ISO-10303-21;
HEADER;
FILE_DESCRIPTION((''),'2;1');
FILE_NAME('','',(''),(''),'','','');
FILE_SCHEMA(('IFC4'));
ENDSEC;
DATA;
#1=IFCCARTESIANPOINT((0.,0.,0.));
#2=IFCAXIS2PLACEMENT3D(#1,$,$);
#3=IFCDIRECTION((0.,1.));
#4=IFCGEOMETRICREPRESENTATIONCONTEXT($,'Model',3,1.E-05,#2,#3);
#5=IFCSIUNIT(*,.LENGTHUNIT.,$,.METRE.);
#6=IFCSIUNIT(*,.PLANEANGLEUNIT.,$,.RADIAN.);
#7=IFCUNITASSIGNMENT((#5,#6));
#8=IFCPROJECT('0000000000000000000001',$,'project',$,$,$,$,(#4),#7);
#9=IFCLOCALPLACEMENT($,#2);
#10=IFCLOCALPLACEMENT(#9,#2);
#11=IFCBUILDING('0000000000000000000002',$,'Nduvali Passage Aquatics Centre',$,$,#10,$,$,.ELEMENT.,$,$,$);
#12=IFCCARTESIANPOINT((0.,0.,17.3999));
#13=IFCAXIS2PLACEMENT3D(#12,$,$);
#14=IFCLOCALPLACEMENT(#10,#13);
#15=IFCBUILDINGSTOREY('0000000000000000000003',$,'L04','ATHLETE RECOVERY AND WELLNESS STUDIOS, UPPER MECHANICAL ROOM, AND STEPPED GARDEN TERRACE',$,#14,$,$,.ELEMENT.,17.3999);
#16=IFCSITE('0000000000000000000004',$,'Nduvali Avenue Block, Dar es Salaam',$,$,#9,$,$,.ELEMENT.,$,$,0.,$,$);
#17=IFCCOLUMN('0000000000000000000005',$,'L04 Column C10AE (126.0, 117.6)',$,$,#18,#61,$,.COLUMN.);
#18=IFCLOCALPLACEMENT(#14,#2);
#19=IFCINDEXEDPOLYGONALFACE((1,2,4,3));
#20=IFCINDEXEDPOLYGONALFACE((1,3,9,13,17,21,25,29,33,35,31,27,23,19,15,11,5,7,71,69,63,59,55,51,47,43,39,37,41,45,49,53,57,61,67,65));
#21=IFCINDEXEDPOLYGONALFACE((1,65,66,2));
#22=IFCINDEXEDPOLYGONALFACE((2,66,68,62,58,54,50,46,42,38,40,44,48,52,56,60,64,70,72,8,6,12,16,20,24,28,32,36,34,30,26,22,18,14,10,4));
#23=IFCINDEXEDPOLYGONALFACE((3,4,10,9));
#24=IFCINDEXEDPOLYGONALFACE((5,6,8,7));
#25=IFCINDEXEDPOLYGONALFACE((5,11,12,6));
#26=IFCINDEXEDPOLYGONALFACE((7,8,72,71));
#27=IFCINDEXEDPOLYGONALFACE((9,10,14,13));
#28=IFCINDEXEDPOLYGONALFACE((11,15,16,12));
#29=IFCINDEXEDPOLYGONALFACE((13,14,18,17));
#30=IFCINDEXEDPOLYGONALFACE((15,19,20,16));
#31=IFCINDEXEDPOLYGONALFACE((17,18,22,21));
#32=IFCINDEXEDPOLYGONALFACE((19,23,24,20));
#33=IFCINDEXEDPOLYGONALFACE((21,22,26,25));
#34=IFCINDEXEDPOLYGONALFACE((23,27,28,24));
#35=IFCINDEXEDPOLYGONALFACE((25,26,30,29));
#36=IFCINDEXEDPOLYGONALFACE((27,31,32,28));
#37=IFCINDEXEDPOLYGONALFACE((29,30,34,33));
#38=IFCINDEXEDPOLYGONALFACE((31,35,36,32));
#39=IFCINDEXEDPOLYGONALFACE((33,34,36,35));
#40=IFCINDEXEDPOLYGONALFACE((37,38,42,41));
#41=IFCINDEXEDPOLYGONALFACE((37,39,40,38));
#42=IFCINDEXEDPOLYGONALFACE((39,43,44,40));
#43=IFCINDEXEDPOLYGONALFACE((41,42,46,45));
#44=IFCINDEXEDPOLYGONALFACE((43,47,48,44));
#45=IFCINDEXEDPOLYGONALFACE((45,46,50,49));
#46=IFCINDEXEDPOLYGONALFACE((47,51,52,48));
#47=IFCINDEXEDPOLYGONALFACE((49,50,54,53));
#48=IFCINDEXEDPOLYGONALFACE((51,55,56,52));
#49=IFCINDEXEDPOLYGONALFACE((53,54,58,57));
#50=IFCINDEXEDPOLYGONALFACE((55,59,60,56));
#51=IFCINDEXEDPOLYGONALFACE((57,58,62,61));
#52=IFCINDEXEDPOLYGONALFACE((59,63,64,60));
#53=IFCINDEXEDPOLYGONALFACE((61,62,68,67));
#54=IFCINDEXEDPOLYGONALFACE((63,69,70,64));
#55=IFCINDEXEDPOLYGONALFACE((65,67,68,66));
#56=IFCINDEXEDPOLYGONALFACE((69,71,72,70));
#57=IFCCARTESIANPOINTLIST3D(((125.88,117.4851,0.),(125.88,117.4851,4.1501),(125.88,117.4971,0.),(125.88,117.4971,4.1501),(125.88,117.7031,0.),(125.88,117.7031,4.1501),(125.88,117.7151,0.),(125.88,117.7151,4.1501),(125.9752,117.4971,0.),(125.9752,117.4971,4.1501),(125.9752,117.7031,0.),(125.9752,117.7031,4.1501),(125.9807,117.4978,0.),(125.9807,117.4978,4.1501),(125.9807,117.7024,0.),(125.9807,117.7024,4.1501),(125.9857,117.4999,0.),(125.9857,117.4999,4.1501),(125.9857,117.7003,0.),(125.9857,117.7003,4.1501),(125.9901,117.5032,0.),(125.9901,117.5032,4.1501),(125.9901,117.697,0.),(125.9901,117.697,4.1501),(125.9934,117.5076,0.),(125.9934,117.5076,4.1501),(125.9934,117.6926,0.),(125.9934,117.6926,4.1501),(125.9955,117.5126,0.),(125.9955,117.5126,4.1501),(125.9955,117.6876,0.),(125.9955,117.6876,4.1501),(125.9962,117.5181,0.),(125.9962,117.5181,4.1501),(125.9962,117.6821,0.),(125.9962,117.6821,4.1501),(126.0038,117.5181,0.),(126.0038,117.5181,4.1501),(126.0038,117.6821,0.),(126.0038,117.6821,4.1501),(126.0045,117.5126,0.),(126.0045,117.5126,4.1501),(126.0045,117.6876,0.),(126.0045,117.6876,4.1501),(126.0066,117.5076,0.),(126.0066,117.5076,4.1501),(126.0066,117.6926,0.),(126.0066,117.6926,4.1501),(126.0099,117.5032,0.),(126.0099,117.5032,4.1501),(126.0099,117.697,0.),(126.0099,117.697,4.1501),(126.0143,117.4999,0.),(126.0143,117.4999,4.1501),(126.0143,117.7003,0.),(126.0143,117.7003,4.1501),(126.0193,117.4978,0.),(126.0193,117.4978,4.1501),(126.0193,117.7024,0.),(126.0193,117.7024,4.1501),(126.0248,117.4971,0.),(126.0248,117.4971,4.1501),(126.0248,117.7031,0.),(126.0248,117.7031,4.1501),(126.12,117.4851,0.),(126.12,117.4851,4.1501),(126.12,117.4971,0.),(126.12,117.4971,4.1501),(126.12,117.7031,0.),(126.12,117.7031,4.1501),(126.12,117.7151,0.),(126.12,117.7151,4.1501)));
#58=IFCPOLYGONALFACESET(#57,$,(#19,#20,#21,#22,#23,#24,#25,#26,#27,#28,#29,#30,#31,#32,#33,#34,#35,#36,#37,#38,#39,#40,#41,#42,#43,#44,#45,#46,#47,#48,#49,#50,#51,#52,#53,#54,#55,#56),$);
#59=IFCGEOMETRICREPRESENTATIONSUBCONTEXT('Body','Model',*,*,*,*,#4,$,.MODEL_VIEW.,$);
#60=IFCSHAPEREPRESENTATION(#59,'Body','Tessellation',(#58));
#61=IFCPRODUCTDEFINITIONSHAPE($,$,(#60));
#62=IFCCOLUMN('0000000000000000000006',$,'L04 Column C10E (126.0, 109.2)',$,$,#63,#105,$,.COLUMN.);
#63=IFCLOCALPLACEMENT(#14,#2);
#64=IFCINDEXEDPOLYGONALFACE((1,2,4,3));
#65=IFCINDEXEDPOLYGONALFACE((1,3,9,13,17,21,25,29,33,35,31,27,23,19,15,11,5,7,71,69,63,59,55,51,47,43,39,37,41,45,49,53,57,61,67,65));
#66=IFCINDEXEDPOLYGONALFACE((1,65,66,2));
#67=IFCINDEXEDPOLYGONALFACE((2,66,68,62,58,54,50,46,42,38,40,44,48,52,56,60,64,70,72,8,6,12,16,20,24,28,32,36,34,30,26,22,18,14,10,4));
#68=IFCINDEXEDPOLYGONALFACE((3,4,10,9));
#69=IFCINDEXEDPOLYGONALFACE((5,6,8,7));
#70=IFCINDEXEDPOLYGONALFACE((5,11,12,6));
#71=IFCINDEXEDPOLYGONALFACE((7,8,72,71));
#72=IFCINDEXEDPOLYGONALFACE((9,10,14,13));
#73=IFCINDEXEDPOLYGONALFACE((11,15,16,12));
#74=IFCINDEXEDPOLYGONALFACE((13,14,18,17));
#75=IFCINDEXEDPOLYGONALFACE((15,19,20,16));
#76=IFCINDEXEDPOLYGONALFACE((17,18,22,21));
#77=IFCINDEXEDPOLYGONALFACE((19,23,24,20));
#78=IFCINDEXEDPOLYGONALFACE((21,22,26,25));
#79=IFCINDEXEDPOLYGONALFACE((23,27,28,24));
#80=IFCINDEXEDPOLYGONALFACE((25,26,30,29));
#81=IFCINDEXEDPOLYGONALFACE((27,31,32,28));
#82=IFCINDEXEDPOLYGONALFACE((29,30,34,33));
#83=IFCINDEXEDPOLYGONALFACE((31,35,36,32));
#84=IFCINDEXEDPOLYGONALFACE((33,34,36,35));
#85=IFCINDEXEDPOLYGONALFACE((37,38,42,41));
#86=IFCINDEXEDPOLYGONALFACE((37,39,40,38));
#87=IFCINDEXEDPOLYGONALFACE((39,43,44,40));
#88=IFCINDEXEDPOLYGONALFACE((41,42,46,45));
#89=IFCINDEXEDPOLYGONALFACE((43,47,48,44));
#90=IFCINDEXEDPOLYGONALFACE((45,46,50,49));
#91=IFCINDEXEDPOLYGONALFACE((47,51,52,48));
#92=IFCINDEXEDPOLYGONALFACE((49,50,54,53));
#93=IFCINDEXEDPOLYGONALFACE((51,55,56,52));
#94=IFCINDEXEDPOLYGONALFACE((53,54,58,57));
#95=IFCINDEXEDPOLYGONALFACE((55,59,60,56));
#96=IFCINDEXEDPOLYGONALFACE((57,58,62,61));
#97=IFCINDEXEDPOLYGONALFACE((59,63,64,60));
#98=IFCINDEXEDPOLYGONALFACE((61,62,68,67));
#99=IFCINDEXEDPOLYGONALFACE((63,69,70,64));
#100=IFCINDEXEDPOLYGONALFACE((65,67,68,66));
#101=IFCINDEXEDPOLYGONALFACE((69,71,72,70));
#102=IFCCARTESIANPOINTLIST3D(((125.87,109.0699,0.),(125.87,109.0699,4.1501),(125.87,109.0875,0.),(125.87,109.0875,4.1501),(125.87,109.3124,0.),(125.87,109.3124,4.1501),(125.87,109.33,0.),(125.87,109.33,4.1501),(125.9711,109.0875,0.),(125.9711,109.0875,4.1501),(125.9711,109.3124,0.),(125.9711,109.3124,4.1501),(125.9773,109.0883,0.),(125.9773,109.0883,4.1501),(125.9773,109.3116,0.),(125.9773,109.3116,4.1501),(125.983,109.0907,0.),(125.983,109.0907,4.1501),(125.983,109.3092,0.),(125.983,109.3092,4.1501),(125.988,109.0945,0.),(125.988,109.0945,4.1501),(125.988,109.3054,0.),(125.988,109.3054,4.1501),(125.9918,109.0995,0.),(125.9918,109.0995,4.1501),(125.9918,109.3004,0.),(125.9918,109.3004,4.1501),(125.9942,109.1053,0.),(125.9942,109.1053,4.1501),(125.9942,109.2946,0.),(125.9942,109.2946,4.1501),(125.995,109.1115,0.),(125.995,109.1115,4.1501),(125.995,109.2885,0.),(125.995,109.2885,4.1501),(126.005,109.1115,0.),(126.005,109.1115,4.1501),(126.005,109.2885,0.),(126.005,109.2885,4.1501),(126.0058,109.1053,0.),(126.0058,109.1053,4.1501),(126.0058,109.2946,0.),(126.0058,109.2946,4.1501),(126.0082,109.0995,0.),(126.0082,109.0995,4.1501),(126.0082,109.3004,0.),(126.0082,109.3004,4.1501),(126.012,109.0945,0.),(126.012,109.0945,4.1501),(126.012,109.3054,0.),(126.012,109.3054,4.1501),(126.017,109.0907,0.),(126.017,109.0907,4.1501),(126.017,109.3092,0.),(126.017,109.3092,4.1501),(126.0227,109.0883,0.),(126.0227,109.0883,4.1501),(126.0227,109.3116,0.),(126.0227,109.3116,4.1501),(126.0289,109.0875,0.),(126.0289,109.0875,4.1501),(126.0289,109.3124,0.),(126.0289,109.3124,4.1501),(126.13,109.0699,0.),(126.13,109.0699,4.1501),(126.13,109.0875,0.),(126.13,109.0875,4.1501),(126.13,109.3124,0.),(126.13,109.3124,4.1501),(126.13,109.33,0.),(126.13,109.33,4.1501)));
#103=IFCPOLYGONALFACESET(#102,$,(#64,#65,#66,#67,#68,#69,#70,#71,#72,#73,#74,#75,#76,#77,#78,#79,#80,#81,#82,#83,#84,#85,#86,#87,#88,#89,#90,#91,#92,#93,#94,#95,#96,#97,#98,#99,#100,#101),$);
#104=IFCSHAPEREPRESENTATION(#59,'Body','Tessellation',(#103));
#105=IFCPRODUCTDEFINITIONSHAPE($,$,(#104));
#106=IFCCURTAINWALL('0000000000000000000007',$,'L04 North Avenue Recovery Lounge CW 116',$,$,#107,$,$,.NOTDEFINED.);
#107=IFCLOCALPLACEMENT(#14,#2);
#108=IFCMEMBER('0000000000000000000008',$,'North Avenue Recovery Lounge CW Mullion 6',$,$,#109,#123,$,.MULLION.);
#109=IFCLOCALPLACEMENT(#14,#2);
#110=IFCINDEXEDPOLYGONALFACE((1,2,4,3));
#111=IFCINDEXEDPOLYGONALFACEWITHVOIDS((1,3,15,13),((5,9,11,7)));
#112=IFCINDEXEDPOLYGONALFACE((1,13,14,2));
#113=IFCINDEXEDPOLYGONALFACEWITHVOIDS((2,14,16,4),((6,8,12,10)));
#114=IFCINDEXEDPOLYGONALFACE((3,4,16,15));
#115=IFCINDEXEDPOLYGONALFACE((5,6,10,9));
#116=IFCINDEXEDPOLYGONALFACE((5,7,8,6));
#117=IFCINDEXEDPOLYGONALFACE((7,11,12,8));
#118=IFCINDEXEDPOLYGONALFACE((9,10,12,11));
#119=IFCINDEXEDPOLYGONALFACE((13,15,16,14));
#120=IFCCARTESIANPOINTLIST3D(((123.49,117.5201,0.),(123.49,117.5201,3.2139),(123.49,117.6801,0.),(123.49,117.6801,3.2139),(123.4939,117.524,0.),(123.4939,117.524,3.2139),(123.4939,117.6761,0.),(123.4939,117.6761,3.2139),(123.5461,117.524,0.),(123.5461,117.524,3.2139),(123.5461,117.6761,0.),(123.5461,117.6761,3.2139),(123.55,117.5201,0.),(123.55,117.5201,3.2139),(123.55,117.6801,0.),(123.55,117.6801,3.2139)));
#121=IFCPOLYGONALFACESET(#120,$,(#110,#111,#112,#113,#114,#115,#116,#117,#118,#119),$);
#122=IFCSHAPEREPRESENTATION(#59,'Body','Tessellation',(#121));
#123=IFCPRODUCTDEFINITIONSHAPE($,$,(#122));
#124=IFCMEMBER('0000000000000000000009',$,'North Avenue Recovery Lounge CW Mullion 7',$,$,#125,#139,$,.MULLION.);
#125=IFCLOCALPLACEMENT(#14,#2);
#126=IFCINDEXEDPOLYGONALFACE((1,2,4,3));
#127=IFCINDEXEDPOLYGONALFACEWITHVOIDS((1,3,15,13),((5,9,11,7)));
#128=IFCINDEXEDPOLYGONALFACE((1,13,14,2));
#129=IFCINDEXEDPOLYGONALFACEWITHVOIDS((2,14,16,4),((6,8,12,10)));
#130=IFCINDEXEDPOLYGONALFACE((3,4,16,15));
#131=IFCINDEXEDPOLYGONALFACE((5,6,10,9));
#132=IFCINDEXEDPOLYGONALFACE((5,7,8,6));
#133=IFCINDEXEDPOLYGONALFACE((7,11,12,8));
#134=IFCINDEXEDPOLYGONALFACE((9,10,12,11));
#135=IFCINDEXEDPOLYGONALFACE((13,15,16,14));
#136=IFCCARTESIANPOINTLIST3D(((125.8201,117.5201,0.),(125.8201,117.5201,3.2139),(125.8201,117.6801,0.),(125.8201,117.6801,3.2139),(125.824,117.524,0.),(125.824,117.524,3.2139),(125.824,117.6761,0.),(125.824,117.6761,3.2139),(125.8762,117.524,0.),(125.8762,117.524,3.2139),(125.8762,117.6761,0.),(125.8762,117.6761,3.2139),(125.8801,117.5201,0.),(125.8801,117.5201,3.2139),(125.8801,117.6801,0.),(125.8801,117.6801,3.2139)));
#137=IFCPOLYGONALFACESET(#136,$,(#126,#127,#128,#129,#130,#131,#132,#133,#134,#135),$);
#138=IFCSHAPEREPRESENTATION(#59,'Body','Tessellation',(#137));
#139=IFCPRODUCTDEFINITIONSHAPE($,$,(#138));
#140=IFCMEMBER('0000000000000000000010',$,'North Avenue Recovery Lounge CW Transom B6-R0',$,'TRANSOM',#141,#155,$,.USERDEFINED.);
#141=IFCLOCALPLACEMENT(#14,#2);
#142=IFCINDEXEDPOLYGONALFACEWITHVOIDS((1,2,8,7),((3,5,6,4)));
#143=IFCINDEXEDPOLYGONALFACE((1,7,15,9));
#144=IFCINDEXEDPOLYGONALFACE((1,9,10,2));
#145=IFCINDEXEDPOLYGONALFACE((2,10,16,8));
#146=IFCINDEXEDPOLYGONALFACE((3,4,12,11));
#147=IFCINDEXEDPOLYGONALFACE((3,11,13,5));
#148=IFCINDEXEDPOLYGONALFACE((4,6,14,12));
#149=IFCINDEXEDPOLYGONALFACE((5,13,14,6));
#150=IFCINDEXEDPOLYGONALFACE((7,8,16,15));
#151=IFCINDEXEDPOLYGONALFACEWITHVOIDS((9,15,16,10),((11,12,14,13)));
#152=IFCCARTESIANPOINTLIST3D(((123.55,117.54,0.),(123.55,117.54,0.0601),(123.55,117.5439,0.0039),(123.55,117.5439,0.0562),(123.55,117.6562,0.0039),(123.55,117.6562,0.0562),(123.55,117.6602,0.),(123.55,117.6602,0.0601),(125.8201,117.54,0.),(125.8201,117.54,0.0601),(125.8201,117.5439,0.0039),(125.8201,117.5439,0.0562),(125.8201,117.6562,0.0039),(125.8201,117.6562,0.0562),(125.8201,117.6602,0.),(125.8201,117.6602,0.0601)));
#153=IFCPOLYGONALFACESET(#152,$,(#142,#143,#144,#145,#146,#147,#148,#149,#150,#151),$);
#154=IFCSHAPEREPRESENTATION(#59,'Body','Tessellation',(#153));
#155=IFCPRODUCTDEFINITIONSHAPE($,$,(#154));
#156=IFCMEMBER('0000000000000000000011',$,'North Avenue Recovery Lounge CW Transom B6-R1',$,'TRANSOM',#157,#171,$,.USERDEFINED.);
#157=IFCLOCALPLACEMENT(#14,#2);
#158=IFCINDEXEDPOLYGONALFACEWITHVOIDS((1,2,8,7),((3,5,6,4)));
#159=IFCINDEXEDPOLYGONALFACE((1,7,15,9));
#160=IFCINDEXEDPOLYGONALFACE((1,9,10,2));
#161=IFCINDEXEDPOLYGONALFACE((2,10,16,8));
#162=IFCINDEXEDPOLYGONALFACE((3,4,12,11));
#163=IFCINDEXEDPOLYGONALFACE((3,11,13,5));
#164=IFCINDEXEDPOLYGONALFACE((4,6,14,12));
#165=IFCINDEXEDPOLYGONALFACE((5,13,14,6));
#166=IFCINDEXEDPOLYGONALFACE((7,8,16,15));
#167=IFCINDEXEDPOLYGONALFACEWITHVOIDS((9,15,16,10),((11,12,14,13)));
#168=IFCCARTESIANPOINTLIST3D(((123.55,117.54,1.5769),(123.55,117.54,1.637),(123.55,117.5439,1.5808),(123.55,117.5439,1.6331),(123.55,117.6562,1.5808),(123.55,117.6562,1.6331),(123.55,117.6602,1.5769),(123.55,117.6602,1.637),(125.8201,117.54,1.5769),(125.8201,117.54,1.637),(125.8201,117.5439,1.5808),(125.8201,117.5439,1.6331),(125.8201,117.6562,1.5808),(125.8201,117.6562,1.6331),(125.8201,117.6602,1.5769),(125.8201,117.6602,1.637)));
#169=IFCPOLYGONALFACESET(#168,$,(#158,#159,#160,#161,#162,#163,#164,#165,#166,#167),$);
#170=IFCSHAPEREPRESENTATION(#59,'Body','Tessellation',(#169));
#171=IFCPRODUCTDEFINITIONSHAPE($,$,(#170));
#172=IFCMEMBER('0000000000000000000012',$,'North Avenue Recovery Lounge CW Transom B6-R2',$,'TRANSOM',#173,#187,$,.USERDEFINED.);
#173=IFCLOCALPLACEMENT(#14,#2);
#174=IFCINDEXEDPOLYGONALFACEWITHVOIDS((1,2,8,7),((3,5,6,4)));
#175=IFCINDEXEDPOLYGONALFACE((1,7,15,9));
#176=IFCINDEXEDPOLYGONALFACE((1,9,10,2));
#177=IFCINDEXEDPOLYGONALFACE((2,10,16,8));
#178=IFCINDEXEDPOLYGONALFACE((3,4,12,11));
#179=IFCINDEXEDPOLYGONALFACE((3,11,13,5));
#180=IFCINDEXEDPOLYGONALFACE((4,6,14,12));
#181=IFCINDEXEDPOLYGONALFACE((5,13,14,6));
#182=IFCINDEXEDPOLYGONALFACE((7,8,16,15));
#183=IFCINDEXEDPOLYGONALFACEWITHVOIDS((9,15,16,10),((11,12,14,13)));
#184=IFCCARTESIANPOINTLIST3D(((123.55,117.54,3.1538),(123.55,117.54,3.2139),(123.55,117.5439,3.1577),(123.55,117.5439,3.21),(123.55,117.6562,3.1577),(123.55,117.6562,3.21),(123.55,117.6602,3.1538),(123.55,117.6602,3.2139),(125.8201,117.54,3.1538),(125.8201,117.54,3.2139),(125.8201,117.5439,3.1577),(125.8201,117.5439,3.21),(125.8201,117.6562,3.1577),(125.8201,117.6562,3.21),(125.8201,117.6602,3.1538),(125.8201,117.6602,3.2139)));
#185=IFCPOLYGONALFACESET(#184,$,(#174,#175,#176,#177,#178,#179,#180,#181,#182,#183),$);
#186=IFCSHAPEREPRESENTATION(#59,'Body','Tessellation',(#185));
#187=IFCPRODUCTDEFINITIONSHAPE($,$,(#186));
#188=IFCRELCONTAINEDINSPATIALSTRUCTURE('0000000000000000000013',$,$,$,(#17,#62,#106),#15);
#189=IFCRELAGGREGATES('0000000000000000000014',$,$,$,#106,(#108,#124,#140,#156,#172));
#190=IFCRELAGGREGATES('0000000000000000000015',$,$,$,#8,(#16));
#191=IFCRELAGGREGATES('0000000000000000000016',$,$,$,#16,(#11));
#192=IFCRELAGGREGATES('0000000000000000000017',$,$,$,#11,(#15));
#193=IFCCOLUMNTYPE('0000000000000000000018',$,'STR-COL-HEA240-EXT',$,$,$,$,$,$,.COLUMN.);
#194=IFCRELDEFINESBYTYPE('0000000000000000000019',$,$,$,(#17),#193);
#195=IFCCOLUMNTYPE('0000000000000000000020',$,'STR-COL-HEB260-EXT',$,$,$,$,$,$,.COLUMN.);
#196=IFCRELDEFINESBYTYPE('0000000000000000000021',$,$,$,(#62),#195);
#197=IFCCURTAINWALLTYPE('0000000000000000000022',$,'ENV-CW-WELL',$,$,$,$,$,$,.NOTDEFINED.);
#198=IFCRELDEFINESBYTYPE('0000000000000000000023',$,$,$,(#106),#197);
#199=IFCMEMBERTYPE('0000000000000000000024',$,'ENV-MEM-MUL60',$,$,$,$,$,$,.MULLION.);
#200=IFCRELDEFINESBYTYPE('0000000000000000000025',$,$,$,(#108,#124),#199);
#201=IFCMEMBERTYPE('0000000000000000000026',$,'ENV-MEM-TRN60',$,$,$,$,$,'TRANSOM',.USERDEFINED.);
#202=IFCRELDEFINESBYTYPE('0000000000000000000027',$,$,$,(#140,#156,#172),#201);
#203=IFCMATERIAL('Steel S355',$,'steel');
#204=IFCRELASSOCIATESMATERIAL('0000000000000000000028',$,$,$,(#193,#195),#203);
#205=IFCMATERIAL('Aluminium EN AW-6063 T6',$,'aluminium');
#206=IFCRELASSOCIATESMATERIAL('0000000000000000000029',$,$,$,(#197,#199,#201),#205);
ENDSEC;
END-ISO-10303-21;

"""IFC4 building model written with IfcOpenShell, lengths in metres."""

from ifc_helpers import new_model, si_unit, direction, frame, origin, origin_2d, place, context, subcontext, project, spatial, hollow_rectangle, i_section, extrude, material, material_profile, profile_set, type_object, element, aggregate, save


model = new_model("IFC4")

# Units and contexts
model_context = context("Model", 3, precision=1e-05, world=origin(), true_north=direction((0.0, 1.0)))
body_context = subcontext(model_context, "Body", "Model", "MODEL_VIEW")
ifc_project = project(units=[si_unit("LENGTHUNIT", "METRE"), si_unit("PLANEANGLEUNIT", "RADIAN")], contexts=[model_context])

# Site, building, storey
site_placement = place(None, origin())
site = spatial("IfcSite", under=ifc_project, at=site_placement, Name="Nduvali Avenue Block, Dar es Salaam", CompositionType="ELEMENT", RefElevation=0.0)
building_placement = place(site_placement, origin())
building = spatial("IfcBuilding", under=site, at=building_placement, Name="Nduvali Passage Aquatics Centre", CompositionType="ELEMENT")
storey_placement = place(building_placement, frame((0.0, 0.0, 17.3999)))
storey = spatial("IfcBuildingStorey", under=building, at=storey_placement, Name="L04", Description="ATHLETE RECOVERY AND WELLNESS STUDIOS, UPPER MECHANICAL ROOM, AND STEPPED GARDEN TERRACE", CompositionType="ELEMENT", Elevation=17.3999)

# Columns
ifc_material_1 = material(Name="Steel S355", Category="steel")
ifc_material_profile_1 = material_profile(ifc_material_1, i_section(OverallWidth=0.24, OverallDepth=0.23, WebThickness=0.0076, FlangeThickness=0.012, FilletRadius=0.021, at=origin_2d()), Name="HEA 240")
ifc_profile_set_1 = profile_set([ifc_material_profile_1], Name="Steel S355")
column_type_1 = type_object("IfcColumnType", Name="STR-COL-HEA240-EXT", PredefinedType="COLUMN", material=ifc_profile_set_1)
column_1_placement = place(storey_placement, frame((126.0, 117.6001, 0.0), z_axis=(0.0, 0.0, 1.0), x_axis=(1.0, 0.0, 0.0)))
element("IfcColumn", 1, at=column_1_placement, inside=storey, type_object=column_type_1, Name="L04 Column C10AE (126.0, 117.6)", PredefinedType="COLUMN", context=body_context, shape_type="SweptSolid", body=[
    extrude(i_section(OverallWidth=0.24, OverallDepth=0.23, WebThickness=0.0076, FlangeThickness=0.012, FilletRadius=0.021, at=origin_2d()), origin(), (0.0, 0.0, 1.0), 4.1501),
])
ifc_material_profile_2 = material_profile(ifc_material_1, i_section(OverallWidth=0.26, OverallDepth=0.26, WebThickness=0.01, FlangeThickness=0.0176, FilletRadius=0.0239, at=origin_2d()), Name="HEB 260")
ifc_profile_set_2 = profile_set([ifc_material_profile_2], Name="Steel S355")
column_type_2 = type_object("IfcColumnType", Name="STR-COL-HEB260-EXT", PredefinedType="COLUMN", material=ifc_profile_set_2)
column_2_placement = place(storey_placement, frame((126.0, 109.2, 0.0), z_axis=(0.0, 0.0, 1.0), x_axis=(1.0, 0.0, 0.0)))
element("IfcColumn", 2, at=column_2_placement, inside=storey, type_object=column_type_2, Name="L04 Column C10E (126.0, 109.2)", PredefinedType="COLUMN", context=body_context, shape_type="SweptSolid", body=[
    extrude(i_section(OverallWidth=0.26, OverallDepth=0.26, WebThickness=0.01, FlangeThickness=0.0176, FilletRadius=0.0239, at=origin_2d()), origin(), (0.0, 0.0, 1.0), 4.1501),
])

# Curtain wall, members
ifc_material_2 = material(Name="Aluminium EN AW-6063 T6", Category="aluminium")
curtain_wall_type = type_object("IfcCurtainWallType", Name="ENV-CW-WELL", PredefinedType="NOTDEFINED", material=ifc_material_2)
curtain_wall_placement = place(storey_placement, origin())
curtain_wall = element("IfcCurtainWall", 3, at=curtain_wall_placement, inside=storey, type_object=curtain_wall_type, Name="L04 North Avenue Recovery Lounge CW 116", PredefinedType="NOTDEFINED")
ifc_material_profile_3 = material_profile(ifc_material_2, hollow_rectangle(XDim=0.0601, YDim=0.1599, WallThickness=0.0039, at=origin_2d()), Name="ALU MULLION 60x160x4")
ifc_profile_set_3 = profile_set([ifc_material_profile_3], Name="Aluminium EN AW-6063 T6")
member_type_1 = type_object("IfcMemberType", Name="ENV-MEM-MUL60", PredefinedType="MULLION", material=ifc_profile_set_3)
member_1_placement = place(storey_placement, frame((123.52, 117.6001, 0.0), z_axis=(0.0, 0.0, 1.0), x_axis=(1.0, 0.0, 0.0)))
member_1 = element("IfcMember", 4, at=member_1_placement, type_object=member_type_1, Name="North Avenue Recovery Lounge CW Mullion 6", PredefinedType="MULLION", context=body_context, shape_type="SweptSolid", body=[
    extrude(hollow_rectangle(XDim=0.0601, YDim=0.1599, WallThickness=0.0039, at=origin_2d()), origin(), (0.0, 0.0, 1.0), 3.2139),
])
member_2_placement = place(storey_placement, frame((125.8501, 117.6001, 0.0), z_axis=(0.0, 0.0, 1.0), x_axis=(1.0, 0.0, 0.0)))
member_2 = element("IfcMember", 5, at=member_2_placement, type_object=member_type_1, Name="North Avenue Recovery Lounge CW Mullion 7", PredefinedType="MULLION", context=body_context, shape_type="SweptSolid", body=[
    extrude(hollow_rectangle(XDim=0.0601, YDim=0.1599, WallThickness=0.0039, at=origin_2d()), origin(), (0.0, 0.0, 1.0), 3.2139),
])
ifc_material_profile_4 = material_profile(ifc_material_2, hollow_rectangle(XDim=0.1201, YDim=0.0601, WallThickness=0.0039, at=origin_2d()), Name="ALU TRANSOM 120x60x4")
ifc_profile_set_4 = profile_set([ifc_material_profile_4], Name="Aluminium EN AW-6063 T6")
member_type_2 = type_object("IfcMemberType", Name="ENV-MEM-TRN60", ElementType="TRANSOM", PredefinedType="USERDEFINED", material=ifc_profile_set_4)
member_3_placement = place(storey_placement, frame((123.55, 117.6001, 0.03), z_axis=(1.0, 0.0, 0.0), x_axis=(0.0, 1.0, 0.0)))
member_3 = element("IfcMember", 6, at=member_3_placement, type_object=member_type_2, Name="North Avenue Recovery Lounge CW Transom B6-R0", ObjectType="TRANSOM", PredefinedType="USERDEFINED", context=body_context, shape_type="SweptSolid", body=[
    extrude(hollow_rectangle(XDim=0.1201, YDim=0.0601, WallThickness=0.0039, at=origin_2d()), origin(), (0.0, 0.0, 1.0), 2.27),
])
member_4_placement = place(storey_placement, frame((123.55, 117.6001, 1.6069), z_axis=(1.0, 0.0, 0.0), x_axis=(0.0, 1.0, 0.0)))
member_4 = element("IfcMember", 7, at=member_4_placement, type_object=member_type_2, Name="North Avenue Recovery Lounge CW Transom B6-R1", ObjectType="TRANSOM", PredefinedType="USERDEFINED", context=body_context, shape_type="SweptSolid", body=[
    extrude(hollow_rectangle(XDim=0.1201, YDim=0.0601, WallThickness=0.0039, at=origin_2d()), origin(), (0.0, 0.0, 1.0), 2.27),
])
member_5_placement = place(storey_placement, frame((123.55, 117.6001, 3.1838), z_axis=(1.0, 0.0, 0.0), x_axis=(0.0, 1.0, 0.0)))
member_5 = element("IfcMember", 8, at=member_5_placement, type_object=member_type_2, Name="North Avenue Recovery Lounge CW Transom B6-R2", ObjectType="TRANSOM", PredefinedType="USERDEFINED", context=body_context, shape_type="SweptSolid", body=[
    extrude(hollow_rectangle(XDim=0.1201, YDim=0.0601, WallThickness=0.0039, at=origin_2d()), origin(), (0.0, 0.0, 1.0), 2.27),
])

aggregate(curtain_wall, [member_1, member_2, member_3, member_4, member_5])

save(model, "model.ifc")
